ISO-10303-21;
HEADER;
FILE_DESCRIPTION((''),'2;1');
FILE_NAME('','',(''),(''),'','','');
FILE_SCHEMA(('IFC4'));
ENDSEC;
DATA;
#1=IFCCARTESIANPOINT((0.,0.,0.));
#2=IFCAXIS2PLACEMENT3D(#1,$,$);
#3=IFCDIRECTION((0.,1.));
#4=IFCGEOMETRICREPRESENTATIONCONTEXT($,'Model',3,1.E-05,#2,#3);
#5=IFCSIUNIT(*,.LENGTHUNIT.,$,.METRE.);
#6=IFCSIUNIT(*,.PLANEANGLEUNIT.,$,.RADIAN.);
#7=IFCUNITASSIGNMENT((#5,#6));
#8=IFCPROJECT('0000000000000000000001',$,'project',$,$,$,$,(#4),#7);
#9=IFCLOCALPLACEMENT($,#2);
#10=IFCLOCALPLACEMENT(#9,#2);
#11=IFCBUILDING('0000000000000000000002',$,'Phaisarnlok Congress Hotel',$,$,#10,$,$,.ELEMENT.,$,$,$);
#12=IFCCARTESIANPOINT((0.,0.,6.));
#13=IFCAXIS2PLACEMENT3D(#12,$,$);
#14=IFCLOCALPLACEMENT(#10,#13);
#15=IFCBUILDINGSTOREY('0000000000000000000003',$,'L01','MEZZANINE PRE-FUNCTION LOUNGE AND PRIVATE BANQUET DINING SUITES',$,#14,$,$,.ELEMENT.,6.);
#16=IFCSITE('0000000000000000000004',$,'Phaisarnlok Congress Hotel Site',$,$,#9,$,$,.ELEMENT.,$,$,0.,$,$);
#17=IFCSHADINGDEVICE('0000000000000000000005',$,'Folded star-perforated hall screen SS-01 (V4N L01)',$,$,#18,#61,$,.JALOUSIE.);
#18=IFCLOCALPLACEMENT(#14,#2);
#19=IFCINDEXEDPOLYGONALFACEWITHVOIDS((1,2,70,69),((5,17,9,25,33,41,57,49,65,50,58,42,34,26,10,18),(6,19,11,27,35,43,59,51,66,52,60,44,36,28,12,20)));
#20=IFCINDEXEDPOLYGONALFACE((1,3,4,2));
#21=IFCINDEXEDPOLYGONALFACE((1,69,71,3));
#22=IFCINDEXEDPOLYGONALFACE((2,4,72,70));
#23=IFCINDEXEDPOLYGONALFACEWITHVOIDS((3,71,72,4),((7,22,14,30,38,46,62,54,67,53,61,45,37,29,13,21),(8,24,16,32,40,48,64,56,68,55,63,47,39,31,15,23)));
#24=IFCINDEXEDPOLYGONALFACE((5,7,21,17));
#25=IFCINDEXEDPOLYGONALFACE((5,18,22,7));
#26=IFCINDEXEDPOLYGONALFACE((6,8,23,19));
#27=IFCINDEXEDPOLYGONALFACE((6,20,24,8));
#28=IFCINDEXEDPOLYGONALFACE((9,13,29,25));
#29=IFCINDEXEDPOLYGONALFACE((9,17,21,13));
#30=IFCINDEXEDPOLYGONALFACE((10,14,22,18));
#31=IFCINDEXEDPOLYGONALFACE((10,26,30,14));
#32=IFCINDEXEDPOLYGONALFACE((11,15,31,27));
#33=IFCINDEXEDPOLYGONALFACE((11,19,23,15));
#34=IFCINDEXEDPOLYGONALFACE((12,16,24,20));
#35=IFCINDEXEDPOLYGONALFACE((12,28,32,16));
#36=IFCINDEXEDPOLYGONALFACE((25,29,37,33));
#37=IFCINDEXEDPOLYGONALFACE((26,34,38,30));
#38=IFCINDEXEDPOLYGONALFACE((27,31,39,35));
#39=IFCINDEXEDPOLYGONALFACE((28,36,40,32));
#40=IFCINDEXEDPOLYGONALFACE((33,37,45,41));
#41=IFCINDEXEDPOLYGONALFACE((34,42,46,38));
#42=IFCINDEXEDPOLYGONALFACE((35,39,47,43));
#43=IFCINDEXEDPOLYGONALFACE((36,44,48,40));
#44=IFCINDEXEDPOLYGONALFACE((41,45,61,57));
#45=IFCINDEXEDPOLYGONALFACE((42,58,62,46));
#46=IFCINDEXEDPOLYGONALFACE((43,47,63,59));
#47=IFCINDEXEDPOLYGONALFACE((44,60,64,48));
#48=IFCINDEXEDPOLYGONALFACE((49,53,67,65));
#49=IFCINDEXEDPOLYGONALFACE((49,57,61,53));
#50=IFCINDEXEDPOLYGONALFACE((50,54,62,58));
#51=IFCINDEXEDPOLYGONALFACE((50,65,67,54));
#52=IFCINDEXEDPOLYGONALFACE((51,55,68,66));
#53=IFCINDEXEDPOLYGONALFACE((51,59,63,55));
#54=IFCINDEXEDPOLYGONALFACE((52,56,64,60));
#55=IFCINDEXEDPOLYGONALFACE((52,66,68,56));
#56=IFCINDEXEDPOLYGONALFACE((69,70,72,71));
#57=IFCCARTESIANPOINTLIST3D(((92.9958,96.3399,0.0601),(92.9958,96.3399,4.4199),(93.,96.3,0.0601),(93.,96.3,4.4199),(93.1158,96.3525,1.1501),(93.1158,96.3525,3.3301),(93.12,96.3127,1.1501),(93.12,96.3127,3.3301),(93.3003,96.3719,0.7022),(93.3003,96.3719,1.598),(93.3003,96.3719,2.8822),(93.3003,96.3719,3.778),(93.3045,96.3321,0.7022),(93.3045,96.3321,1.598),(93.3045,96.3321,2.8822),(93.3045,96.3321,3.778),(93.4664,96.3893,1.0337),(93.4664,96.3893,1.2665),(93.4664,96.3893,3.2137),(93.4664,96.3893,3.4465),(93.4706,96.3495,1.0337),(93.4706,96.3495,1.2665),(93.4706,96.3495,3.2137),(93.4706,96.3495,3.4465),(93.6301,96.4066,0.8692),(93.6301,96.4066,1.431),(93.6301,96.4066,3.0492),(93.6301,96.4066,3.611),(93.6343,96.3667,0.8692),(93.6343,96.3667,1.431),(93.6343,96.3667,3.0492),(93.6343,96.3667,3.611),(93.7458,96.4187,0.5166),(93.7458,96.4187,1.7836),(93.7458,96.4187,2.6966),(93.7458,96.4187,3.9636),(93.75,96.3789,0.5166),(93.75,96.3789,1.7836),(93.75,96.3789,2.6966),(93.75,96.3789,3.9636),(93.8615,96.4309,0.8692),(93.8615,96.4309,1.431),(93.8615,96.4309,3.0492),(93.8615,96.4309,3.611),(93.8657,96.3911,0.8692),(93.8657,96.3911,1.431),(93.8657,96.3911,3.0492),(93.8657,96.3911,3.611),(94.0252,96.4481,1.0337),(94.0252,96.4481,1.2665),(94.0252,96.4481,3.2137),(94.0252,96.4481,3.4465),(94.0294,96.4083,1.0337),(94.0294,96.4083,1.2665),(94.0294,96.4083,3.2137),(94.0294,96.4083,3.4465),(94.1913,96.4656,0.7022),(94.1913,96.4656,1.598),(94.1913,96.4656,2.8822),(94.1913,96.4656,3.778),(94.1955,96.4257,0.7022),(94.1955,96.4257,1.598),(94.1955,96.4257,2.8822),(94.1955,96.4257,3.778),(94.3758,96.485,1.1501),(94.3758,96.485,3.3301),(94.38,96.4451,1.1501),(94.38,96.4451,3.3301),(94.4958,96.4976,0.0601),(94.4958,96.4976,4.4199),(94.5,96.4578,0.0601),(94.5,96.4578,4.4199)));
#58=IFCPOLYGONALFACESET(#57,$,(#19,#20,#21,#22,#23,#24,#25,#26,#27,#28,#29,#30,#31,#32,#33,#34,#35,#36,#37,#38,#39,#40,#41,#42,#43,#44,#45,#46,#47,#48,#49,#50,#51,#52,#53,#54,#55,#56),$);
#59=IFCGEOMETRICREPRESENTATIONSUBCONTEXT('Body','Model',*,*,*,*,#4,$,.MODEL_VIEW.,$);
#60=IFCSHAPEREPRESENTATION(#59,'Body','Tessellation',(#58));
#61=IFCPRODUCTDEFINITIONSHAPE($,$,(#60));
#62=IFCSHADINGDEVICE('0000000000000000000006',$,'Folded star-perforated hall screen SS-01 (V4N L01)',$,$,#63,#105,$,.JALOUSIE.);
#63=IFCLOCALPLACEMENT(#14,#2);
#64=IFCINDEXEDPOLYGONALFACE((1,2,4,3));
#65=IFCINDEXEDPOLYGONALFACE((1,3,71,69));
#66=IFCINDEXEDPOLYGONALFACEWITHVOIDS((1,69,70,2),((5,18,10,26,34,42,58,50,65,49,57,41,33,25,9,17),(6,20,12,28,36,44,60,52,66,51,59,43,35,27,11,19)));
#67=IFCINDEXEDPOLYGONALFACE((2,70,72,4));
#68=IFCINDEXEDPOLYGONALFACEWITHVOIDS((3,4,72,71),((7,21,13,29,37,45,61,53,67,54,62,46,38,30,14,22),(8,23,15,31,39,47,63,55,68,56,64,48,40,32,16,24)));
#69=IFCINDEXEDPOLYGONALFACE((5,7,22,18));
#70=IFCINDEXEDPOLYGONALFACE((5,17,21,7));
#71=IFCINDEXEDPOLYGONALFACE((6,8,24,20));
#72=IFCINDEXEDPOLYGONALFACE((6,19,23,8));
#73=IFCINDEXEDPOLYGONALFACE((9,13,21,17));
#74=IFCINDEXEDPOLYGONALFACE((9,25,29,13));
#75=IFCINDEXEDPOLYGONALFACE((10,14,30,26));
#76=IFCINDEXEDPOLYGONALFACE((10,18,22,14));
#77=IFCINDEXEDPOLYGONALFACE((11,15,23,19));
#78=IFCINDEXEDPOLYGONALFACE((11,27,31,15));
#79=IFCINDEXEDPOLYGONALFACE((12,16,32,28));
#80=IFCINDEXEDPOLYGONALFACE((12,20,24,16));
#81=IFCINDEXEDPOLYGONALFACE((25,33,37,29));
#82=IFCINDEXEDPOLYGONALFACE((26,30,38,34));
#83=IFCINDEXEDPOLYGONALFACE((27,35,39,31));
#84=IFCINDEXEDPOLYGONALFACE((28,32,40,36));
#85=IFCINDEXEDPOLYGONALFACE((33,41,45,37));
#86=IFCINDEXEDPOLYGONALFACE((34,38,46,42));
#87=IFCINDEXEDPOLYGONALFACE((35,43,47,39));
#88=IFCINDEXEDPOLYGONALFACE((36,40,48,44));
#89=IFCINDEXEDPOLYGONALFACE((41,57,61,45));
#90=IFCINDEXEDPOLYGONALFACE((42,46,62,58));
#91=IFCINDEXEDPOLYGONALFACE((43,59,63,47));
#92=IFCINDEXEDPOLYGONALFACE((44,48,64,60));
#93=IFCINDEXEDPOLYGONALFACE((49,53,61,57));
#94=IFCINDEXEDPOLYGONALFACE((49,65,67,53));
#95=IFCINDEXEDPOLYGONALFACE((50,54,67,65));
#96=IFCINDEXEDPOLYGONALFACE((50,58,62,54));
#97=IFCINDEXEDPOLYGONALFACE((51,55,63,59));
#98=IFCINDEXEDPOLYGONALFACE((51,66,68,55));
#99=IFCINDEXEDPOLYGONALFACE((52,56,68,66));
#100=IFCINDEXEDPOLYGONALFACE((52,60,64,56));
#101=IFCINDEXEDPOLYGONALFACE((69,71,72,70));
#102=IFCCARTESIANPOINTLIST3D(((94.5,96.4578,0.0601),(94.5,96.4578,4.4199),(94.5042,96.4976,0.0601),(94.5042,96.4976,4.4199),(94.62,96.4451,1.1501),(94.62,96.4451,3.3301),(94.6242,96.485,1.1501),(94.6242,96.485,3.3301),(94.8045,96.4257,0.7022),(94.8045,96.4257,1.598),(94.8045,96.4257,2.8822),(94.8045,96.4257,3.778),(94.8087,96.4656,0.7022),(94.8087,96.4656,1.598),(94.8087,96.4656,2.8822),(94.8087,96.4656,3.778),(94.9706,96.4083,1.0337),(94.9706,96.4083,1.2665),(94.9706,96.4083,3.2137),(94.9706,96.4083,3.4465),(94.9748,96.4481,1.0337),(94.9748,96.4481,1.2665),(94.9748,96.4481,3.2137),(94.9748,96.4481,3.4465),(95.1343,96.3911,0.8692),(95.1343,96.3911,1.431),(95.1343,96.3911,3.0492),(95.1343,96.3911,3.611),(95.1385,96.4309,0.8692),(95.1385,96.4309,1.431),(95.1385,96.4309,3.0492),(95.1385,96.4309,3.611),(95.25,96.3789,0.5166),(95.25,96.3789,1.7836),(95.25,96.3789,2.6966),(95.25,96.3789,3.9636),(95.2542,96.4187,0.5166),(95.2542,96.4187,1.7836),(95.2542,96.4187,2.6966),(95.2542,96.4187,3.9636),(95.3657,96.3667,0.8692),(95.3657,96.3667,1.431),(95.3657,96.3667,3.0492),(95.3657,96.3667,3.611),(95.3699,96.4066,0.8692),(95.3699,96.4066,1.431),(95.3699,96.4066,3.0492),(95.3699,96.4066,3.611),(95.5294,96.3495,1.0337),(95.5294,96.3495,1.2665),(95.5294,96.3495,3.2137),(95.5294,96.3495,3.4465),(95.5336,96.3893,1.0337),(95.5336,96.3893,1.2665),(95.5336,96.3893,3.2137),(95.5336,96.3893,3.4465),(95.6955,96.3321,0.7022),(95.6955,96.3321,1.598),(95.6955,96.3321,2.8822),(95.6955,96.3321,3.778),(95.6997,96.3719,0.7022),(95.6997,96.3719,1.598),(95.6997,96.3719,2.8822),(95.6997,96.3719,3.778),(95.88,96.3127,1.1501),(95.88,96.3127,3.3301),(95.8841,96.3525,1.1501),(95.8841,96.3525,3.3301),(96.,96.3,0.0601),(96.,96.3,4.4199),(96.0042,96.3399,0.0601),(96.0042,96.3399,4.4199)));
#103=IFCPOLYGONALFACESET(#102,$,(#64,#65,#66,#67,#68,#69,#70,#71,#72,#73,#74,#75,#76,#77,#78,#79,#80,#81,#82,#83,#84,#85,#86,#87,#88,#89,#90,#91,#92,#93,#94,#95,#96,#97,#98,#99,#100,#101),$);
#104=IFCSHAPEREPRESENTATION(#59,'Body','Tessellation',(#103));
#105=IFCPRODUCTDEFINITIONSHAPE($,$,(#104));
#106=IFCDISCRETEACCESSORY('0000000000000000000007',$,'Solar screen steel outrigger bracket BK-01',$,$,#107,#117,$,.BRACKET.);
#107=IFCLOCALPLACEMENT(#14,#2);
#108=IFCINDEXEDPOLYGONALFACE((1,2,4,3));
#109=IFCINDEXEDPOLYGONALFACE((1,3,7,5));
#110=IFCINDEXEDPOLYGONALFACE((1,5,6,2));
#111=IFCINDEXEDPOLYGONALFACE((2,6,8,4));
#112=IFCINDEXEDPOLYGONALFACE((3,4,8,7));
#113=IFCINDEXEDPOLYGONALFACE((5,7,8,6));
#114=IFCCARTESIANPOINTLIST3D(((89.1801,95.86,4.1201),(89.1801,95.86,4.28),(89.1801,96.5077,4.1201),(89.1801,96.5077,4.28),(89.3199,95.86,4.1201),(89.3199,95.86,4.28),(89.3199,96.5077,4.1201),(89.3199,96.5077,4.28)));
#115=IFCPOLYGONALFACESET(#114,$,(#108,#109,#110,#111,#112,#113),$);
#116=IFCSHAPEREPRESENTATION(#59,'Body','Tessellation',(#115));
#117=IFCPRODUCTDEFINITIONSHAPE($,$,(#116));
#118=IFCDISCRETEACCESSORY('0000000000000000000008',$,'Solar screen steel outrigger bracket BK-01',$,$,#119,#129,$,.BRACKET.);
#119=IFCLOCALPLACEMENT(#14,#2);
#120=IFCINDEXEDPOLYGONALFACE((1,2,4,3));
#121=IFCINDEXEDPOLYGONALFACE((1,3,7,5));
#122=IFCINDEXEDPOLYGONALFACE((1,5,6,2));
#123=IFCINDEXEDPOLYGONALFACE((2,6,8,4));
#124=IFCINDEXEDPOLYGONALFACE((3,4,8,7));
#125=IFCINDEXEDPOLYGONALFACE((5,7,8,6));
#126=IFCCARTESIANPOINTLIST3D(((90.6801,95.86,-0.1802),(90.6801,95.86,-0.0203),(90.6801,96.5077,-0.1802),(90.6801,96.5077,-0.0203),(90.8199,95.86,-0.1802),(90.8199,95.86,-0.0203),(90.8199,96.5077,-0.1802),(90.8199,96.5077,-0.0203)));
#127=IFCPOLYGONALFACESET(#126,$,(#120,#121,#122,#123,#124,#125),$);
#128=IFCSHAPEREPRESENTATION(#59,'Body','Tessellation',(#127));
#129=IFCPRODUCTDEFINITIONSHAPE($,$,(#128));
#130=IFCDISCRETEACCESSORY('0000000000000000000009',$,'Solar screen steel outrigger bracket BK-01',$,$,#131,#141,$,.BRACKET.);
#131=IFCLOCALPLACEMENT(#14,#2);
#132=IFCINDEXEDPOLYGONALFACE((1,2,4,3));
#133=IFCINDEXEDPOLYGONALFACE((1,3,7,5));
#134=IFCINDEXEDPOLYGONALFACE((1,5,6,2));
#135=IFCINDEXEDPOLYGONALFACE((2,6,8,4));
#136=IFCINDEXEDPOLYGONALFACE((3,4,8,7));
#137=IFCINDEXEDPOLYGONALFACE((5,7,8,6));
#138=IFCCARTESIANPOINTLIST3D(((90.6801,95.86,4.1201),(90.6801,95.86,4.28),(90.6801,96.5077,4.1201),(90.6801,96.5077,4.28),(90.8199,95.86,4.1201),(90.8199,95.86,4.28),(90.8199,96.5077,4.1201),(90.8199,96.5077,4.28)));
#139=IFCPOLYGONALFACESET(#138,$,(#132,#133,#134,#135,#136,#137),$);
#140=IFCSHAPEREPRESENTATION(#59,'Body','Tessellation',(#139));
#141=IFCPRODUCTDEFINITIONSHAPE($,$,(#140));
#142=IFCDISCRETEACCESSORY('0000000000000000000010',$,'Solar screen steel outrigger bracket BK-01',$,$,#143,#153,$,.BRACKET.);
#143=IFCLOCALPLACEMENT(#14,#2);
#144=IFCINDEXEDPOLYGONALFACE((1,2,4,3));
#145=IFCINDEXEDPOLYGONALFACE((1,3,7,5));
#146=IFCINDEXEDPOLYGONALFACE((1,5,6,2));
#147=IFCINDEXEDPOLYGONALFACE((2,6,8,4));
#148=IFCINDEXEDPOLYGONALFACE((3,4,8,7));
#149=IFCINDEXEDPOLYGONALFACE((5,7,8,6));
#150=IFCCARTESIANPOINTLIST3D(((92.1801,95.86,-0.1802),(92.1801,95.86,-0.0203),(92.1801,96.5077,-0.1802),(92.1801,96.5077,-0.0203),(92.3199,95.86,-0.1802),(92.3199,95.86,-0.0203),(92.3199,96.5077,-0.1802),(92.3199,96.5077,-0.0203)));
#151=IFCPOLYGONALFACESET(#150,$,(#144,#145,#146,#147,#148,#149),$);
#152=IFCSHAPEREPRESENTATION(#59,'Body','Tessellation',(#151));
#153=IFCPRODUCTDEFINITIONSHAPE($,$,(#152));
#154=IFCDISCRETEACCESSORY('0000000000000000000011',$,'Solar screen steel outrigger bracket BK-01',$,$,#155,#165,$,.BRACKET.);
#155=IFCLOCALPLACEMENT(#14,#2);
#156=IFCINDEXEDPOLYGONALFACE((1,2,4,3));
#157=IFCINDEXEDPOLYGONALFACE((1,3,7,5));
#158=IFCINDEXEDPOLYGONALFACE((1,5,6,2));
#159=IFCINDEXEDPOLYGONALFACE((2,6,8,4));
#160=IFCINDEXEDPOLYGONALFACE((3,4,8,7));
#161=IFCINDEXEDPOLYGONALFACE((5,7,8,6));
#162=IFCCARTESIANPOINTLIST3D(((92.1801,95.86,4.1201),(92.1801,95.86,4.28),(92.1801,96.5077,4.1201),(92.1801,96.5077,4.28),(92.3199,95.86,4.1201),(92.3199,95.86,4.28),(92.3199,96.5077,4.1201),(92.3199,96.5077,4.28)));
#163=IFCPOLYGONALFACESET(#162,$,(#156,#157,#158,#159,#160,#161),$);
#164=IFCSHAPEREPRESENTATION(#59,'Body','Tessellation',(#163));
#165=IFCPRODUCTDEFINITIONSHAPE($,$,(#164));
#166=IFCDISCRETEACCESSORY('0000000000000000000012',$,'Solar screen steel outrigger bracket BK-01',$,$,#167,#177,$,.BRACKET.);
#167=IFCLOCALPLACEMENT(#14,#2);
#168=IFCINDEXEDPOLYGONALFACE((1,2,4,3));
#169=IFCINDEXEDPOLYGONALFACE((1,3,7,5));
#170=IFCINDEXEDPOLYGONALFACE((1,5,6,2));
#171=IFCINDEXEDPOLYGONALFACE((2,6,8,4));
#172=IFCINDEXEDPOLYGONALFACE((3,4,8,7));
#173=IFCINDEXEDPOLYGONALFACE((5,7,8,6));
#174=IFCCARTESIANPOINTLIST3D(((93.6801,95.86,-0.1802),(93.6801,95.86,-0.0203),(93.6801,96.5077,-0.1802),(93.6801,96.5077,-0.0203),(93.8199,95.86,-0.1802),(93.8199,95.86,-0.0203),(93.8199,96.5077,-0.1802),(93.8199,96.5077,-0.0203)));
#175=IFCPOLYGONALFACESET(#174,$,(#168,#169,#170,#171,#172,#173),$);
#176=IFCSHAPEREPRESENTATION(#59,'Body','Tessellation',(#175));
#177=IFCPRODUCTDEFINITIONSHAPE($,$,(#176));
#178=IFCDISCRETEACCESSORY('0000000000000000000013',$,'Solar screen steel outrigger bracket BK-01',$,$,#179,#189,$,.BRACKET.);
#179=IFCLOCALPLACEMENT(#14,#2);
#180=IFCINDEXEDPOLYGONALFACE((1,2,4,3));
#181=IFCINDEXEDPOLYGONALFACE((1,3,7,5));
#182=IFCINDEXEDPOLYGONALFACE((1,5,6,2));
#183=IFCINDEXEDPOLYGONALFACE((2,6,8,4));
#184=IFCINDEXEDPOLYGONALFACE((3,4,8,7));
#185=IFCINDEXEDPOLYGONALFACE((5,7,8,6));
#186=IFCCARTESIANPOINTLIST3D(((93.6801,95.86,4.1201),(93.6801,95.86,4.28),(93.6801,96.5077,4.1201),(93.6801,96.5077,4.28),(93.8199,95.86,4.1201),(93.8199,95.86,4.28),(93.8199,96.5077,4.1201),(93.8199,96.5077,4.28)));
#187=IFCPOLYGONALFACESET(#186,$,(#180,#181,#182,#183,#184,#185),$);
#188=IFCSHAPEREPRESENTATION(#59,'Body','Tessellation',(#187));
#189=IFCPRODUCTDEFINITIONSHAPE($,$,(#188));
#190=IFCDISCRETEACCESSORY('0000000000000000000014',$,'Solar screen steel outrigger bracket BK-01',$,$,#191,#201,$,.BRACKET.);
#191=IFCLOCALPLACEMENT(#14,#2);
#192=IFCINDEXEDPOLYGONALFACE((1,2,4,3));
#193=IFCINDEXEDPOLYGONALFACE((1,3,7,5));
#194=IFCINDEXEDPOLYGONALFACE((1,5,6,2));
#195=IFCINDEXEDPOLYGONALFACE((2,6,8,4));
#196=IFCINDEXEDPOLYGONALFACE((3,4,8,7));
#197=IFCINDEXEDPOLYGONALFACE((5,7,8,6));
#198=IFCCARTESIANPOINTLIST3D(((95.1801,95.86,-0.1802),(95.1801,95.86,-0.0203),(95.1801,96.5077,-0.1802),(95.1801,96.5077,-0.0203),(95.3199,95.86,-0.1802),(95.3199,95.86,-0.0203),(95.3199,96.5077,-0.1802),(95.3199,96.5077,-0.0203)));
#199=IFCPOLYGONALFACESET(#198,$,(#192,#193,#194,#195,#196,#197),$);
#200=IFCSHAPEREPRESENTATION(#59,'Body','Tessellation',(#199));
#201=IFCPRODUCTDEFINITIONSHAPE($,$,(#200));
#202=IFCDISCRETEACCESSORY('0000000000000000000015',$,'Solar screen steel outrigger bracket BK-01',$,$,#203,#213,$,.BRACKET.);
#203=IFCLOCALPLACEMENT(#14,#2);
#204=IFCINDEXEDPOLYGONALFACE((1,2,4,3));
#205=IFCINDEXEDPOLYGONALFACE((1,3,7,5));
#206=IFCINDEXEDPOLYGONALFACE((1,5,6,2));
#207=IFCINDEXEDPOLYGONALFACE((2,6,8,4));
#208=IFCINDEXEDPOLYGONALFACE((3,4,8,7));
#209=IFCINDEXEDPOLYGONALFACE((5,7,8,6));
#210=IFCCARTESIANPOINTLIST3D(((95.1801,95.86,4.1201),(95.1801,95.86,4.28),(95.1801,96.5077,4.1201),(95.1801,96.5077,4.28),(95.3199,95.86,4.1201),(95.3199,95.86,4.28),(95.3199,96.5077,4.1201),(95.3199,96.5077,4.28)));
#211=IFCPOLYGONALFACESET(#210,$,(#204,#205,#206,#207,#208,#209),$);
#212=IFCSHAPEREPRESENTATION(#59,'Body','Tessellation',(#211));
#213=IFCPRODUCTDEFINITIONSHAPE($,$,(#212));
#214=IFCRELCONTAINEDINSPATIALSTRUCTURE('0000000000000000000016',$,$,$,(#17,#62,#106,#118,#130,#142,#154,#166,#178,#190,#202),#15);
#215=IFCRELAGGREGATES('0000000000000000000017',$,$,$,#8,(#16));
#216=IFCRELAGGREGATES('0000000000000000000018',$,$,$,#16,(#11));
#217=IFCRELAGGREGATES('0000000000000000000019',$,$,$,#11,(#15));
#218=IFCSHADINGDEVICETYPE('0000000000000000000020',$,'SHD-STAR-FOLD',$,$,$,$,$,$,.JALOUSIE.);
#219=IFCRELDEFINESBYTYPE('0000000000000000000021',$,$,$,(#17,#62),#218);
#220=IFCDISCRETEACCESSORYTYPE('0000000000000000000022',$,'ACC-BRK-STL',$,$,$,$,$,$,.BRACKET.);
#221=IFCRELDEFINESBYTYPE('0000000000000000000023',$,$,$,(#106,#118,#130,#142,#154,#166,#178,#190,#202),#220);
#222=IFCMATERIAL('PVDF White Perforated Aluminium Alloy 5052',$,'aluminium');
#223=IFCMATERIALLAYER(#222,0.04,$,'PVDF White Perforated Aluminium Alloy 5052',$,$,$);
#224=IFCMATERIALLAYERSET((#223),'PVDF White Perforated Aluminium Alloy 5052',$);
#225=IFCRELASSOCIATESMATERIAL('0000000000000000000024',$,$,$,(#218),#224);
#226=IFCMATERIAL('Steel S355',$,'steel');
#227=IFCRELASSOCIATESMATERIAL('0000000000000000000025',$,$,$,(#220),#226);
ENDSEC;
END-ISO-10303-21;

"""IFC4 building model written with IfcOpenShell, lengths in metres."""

from ifc_helpers import new_model, si_unit, direction, frame, origin, origin_2d, place, context, subcontext, project, spatial, polyline, rectangle, outline, extrude, material, layer, layer_set, type_object, element, save


model = new_model("IFC4")

# Units and contexts
model_context = context("Model", 3, precision=1e-05, world=origin(), true_north=direction((0.0, 1.0)))
body_context = subcontext(model_context, "Body", "Model", "MODEL_VIEW")
ifc_project = project(units=[si_unit("LENGTHUNIT", "METRE"), si_unit("PLANEANGLEUNIT", "RADIAN")], contexts=[model_context])

# Site, building, storey
site_placement = place(None, origin())
site = spatial("IfcSite", under=ifc_project, at=site_placement, Name="Phaisarnlok Congress Hotel Site", CompositionType="ELEMENT", RefElevation=0.0)
building_placement = place(site_placement, origin())
building = spatial("IfcBuilding", under=site, at=building_placement, Name="Phaisarnlok Congress Hotel", CompositionType="ELEMENT")
storey_placement = place(building_placement, frame((0.0, 0.0, 6.0)))
storey = spatial("IfcBuildingStorey", under=building, at=storey_placement, Name="L01", Description="MEZZANINE PRE-FUNCTION LOUNGE AND PRIVATE BANQUET DINING SUITES", CompositionType="ELEMENT", Elevation=6.0)

# Shared definitions
ifc_material_1 = material(Name="Steel S355", Category="steel")

# Shading devices
ifc_material_2 = material(Name="PVDF White Perforated Aluminium Alloy 5052", Category="aluminium")
ifc_layer_1 = layer(ifc_material_2, 0.04, Name="PVDF White Perforated Aluminium Alloy 5052")
ifc_layer_set_1 = layer_set([ifc_layer_1], Name="PVDF White Perforated Aluminium Alloy 5052")
shading_device_type = type_object("IfcShadingDeviceType", Name="SHD-STAR-FOLD", PredefinedType="JALOUSIE", material=ifc_layer_set_1)
for number, where, z_axis, x_axis, name in (
    (1, (94.5, 96.4578, 0.0601), (-0.104567, 0.994518, 0.0), (-0.994518, -0.104567, 0.0), "Folded star-perforated hall screen SS-01 (V4N L01)"),
    (2, (96.0, 96.3, 0.0601), (0.104567, 0.994518, 0.0), (-0.994518, 0.104567, 0.0), "Folded star-perforated hall screen SS-01 (V4N L01)"),
):
    element("IfcShadingDevice", number, at=place(storey_placement, frame(where, z_axis=z_axis, x_axis=x_axis)), inside=storey, type_object=shading_device_type, Name=name, PredefinedType="JALOUSIE", context=body_context, shape_type="SweptSolid", body=[
        extrude(outline(polyline([(0.0, 0.0), (1.5083, 0.0), (1.5083, 4.3599), (0.0, 4.3599), (0.0, 0.0)]), holes=[polyline([(1.0351, 0.9736), (1.2021, 0.6421), (0.8705, 0.8091), (0.7541, 0.4565), (0.6378, 0.8091), (0.3062, 0.6421), (0.4732, 0.9736), (0.1207, 1.09), (0.4732, 1.2064), (0.3062, 1.5379), (0.6378, 1.3709), (0.7541, 1.7235), (0.8705, 1.3709), (1.2021, 1.5379), (1.0351, 1.2064), (1.3876, 1.09), (1.0351, 0.9736)]), polyline([(1.0351, 3.1536), (1.2021, 2.8221), (0.8705, 2.9891), (0.7541, 2.6365), (0.6378, 2.9891), (0.3062, 2.8221), (0.4732, 3.1536), (0.1207, 3.27), (0.4732, 3.3864), (0.3062, 3.7179), (0.6378, 3.5509), (0.7541, 3.9035), (0.8705, 3.5509), (1.2021, 3.7179), (1.0351, 3.3864), (1.3876, 3.27), (1.0351, 3.1536)])]), origin(), (0.0, 0.0, 1.0), 0.04),
    ])

# Discrete accessories
discrete_accessory_type = type_object("IfcDiscreteAccessoryType", Name="ACC-BRK-STL", PredefinedType="BRACKET", material=ifc_material_1)
for number, where, z_axis, x_axis, name in (
    (3, (89.25, 96.1838, 4.1201), (0.0, 0.0, 1.0), (1.0, 0.0, 0.0), "Solar screen steel outrigger bracket BK-01"),
    (4, (90.75, 96.1838, -0.1802), (0.0, 0.0, 1.0), (1.0, 0.0, 0.0), "Solar screen steel outrigger bracket BK-01"),
    (5, (90.75, 96.1838, 4.1201), (0.0, 0.0, 1.0), (1.0, 0.0, 0.0), "Solar screen steel outrigger bracket BK-01"),
    (6, (92.25, 96.1838, -0.1802), (0.0, 0.0, 1.0), (1.0, 0.0, 0.0), "Solar screen steel outrigger bracket BK-01"),
    (7, (92.25, 96.1838, 4.1201), (0.0, 0.0, 1.0), (1.0, 0.0, 0.0), "Solar screen steel outrigger bracket BK-01"),
    (8, (93.75, 96.1838, -0.1802), (0.0, 0.0, 1.0), (1.0, 0.0, 0.0), "Solar screen steel outrigger bracket BK-01"),
    (9, (93.75, 96.1838, 4.1201), (0.0, 0.0, 1.0), (1.0, 0.0, 0.0), "Solar screen steel outrigger bracket BK-01"),
    (10, (95.25, 96.1838, -0.1802), (0.0, 0.0, 1.0), (1.0, 0.0, 0.0), "Solar screen steel outrigger bracket BK-01"),
    (11, (95.25, 96.1838, 4.1201), (0.0, 0.0, 1.0), (1.0, 0.0, 0.0), "Solar screen steel outrigger bracket BK-01"),
):
    element("IfcDiscreteAccessory", number, at=place(storey_placement, frame(where, z_axis=z_axis, x_axis=x_axis)), inside=storey, type_object=discrete_accessory_type, Name=name, PredefinedType="BRACKET", context=body_context, shape_type="SweptSolid", body=[
        extrude(rectangle(XDim=0.1399, YDim=0.6477, at=origin_2d()), origin(), (0.0, 0.0, 1.0), 0.1599),
    ])

save(model, "model.ifc")
